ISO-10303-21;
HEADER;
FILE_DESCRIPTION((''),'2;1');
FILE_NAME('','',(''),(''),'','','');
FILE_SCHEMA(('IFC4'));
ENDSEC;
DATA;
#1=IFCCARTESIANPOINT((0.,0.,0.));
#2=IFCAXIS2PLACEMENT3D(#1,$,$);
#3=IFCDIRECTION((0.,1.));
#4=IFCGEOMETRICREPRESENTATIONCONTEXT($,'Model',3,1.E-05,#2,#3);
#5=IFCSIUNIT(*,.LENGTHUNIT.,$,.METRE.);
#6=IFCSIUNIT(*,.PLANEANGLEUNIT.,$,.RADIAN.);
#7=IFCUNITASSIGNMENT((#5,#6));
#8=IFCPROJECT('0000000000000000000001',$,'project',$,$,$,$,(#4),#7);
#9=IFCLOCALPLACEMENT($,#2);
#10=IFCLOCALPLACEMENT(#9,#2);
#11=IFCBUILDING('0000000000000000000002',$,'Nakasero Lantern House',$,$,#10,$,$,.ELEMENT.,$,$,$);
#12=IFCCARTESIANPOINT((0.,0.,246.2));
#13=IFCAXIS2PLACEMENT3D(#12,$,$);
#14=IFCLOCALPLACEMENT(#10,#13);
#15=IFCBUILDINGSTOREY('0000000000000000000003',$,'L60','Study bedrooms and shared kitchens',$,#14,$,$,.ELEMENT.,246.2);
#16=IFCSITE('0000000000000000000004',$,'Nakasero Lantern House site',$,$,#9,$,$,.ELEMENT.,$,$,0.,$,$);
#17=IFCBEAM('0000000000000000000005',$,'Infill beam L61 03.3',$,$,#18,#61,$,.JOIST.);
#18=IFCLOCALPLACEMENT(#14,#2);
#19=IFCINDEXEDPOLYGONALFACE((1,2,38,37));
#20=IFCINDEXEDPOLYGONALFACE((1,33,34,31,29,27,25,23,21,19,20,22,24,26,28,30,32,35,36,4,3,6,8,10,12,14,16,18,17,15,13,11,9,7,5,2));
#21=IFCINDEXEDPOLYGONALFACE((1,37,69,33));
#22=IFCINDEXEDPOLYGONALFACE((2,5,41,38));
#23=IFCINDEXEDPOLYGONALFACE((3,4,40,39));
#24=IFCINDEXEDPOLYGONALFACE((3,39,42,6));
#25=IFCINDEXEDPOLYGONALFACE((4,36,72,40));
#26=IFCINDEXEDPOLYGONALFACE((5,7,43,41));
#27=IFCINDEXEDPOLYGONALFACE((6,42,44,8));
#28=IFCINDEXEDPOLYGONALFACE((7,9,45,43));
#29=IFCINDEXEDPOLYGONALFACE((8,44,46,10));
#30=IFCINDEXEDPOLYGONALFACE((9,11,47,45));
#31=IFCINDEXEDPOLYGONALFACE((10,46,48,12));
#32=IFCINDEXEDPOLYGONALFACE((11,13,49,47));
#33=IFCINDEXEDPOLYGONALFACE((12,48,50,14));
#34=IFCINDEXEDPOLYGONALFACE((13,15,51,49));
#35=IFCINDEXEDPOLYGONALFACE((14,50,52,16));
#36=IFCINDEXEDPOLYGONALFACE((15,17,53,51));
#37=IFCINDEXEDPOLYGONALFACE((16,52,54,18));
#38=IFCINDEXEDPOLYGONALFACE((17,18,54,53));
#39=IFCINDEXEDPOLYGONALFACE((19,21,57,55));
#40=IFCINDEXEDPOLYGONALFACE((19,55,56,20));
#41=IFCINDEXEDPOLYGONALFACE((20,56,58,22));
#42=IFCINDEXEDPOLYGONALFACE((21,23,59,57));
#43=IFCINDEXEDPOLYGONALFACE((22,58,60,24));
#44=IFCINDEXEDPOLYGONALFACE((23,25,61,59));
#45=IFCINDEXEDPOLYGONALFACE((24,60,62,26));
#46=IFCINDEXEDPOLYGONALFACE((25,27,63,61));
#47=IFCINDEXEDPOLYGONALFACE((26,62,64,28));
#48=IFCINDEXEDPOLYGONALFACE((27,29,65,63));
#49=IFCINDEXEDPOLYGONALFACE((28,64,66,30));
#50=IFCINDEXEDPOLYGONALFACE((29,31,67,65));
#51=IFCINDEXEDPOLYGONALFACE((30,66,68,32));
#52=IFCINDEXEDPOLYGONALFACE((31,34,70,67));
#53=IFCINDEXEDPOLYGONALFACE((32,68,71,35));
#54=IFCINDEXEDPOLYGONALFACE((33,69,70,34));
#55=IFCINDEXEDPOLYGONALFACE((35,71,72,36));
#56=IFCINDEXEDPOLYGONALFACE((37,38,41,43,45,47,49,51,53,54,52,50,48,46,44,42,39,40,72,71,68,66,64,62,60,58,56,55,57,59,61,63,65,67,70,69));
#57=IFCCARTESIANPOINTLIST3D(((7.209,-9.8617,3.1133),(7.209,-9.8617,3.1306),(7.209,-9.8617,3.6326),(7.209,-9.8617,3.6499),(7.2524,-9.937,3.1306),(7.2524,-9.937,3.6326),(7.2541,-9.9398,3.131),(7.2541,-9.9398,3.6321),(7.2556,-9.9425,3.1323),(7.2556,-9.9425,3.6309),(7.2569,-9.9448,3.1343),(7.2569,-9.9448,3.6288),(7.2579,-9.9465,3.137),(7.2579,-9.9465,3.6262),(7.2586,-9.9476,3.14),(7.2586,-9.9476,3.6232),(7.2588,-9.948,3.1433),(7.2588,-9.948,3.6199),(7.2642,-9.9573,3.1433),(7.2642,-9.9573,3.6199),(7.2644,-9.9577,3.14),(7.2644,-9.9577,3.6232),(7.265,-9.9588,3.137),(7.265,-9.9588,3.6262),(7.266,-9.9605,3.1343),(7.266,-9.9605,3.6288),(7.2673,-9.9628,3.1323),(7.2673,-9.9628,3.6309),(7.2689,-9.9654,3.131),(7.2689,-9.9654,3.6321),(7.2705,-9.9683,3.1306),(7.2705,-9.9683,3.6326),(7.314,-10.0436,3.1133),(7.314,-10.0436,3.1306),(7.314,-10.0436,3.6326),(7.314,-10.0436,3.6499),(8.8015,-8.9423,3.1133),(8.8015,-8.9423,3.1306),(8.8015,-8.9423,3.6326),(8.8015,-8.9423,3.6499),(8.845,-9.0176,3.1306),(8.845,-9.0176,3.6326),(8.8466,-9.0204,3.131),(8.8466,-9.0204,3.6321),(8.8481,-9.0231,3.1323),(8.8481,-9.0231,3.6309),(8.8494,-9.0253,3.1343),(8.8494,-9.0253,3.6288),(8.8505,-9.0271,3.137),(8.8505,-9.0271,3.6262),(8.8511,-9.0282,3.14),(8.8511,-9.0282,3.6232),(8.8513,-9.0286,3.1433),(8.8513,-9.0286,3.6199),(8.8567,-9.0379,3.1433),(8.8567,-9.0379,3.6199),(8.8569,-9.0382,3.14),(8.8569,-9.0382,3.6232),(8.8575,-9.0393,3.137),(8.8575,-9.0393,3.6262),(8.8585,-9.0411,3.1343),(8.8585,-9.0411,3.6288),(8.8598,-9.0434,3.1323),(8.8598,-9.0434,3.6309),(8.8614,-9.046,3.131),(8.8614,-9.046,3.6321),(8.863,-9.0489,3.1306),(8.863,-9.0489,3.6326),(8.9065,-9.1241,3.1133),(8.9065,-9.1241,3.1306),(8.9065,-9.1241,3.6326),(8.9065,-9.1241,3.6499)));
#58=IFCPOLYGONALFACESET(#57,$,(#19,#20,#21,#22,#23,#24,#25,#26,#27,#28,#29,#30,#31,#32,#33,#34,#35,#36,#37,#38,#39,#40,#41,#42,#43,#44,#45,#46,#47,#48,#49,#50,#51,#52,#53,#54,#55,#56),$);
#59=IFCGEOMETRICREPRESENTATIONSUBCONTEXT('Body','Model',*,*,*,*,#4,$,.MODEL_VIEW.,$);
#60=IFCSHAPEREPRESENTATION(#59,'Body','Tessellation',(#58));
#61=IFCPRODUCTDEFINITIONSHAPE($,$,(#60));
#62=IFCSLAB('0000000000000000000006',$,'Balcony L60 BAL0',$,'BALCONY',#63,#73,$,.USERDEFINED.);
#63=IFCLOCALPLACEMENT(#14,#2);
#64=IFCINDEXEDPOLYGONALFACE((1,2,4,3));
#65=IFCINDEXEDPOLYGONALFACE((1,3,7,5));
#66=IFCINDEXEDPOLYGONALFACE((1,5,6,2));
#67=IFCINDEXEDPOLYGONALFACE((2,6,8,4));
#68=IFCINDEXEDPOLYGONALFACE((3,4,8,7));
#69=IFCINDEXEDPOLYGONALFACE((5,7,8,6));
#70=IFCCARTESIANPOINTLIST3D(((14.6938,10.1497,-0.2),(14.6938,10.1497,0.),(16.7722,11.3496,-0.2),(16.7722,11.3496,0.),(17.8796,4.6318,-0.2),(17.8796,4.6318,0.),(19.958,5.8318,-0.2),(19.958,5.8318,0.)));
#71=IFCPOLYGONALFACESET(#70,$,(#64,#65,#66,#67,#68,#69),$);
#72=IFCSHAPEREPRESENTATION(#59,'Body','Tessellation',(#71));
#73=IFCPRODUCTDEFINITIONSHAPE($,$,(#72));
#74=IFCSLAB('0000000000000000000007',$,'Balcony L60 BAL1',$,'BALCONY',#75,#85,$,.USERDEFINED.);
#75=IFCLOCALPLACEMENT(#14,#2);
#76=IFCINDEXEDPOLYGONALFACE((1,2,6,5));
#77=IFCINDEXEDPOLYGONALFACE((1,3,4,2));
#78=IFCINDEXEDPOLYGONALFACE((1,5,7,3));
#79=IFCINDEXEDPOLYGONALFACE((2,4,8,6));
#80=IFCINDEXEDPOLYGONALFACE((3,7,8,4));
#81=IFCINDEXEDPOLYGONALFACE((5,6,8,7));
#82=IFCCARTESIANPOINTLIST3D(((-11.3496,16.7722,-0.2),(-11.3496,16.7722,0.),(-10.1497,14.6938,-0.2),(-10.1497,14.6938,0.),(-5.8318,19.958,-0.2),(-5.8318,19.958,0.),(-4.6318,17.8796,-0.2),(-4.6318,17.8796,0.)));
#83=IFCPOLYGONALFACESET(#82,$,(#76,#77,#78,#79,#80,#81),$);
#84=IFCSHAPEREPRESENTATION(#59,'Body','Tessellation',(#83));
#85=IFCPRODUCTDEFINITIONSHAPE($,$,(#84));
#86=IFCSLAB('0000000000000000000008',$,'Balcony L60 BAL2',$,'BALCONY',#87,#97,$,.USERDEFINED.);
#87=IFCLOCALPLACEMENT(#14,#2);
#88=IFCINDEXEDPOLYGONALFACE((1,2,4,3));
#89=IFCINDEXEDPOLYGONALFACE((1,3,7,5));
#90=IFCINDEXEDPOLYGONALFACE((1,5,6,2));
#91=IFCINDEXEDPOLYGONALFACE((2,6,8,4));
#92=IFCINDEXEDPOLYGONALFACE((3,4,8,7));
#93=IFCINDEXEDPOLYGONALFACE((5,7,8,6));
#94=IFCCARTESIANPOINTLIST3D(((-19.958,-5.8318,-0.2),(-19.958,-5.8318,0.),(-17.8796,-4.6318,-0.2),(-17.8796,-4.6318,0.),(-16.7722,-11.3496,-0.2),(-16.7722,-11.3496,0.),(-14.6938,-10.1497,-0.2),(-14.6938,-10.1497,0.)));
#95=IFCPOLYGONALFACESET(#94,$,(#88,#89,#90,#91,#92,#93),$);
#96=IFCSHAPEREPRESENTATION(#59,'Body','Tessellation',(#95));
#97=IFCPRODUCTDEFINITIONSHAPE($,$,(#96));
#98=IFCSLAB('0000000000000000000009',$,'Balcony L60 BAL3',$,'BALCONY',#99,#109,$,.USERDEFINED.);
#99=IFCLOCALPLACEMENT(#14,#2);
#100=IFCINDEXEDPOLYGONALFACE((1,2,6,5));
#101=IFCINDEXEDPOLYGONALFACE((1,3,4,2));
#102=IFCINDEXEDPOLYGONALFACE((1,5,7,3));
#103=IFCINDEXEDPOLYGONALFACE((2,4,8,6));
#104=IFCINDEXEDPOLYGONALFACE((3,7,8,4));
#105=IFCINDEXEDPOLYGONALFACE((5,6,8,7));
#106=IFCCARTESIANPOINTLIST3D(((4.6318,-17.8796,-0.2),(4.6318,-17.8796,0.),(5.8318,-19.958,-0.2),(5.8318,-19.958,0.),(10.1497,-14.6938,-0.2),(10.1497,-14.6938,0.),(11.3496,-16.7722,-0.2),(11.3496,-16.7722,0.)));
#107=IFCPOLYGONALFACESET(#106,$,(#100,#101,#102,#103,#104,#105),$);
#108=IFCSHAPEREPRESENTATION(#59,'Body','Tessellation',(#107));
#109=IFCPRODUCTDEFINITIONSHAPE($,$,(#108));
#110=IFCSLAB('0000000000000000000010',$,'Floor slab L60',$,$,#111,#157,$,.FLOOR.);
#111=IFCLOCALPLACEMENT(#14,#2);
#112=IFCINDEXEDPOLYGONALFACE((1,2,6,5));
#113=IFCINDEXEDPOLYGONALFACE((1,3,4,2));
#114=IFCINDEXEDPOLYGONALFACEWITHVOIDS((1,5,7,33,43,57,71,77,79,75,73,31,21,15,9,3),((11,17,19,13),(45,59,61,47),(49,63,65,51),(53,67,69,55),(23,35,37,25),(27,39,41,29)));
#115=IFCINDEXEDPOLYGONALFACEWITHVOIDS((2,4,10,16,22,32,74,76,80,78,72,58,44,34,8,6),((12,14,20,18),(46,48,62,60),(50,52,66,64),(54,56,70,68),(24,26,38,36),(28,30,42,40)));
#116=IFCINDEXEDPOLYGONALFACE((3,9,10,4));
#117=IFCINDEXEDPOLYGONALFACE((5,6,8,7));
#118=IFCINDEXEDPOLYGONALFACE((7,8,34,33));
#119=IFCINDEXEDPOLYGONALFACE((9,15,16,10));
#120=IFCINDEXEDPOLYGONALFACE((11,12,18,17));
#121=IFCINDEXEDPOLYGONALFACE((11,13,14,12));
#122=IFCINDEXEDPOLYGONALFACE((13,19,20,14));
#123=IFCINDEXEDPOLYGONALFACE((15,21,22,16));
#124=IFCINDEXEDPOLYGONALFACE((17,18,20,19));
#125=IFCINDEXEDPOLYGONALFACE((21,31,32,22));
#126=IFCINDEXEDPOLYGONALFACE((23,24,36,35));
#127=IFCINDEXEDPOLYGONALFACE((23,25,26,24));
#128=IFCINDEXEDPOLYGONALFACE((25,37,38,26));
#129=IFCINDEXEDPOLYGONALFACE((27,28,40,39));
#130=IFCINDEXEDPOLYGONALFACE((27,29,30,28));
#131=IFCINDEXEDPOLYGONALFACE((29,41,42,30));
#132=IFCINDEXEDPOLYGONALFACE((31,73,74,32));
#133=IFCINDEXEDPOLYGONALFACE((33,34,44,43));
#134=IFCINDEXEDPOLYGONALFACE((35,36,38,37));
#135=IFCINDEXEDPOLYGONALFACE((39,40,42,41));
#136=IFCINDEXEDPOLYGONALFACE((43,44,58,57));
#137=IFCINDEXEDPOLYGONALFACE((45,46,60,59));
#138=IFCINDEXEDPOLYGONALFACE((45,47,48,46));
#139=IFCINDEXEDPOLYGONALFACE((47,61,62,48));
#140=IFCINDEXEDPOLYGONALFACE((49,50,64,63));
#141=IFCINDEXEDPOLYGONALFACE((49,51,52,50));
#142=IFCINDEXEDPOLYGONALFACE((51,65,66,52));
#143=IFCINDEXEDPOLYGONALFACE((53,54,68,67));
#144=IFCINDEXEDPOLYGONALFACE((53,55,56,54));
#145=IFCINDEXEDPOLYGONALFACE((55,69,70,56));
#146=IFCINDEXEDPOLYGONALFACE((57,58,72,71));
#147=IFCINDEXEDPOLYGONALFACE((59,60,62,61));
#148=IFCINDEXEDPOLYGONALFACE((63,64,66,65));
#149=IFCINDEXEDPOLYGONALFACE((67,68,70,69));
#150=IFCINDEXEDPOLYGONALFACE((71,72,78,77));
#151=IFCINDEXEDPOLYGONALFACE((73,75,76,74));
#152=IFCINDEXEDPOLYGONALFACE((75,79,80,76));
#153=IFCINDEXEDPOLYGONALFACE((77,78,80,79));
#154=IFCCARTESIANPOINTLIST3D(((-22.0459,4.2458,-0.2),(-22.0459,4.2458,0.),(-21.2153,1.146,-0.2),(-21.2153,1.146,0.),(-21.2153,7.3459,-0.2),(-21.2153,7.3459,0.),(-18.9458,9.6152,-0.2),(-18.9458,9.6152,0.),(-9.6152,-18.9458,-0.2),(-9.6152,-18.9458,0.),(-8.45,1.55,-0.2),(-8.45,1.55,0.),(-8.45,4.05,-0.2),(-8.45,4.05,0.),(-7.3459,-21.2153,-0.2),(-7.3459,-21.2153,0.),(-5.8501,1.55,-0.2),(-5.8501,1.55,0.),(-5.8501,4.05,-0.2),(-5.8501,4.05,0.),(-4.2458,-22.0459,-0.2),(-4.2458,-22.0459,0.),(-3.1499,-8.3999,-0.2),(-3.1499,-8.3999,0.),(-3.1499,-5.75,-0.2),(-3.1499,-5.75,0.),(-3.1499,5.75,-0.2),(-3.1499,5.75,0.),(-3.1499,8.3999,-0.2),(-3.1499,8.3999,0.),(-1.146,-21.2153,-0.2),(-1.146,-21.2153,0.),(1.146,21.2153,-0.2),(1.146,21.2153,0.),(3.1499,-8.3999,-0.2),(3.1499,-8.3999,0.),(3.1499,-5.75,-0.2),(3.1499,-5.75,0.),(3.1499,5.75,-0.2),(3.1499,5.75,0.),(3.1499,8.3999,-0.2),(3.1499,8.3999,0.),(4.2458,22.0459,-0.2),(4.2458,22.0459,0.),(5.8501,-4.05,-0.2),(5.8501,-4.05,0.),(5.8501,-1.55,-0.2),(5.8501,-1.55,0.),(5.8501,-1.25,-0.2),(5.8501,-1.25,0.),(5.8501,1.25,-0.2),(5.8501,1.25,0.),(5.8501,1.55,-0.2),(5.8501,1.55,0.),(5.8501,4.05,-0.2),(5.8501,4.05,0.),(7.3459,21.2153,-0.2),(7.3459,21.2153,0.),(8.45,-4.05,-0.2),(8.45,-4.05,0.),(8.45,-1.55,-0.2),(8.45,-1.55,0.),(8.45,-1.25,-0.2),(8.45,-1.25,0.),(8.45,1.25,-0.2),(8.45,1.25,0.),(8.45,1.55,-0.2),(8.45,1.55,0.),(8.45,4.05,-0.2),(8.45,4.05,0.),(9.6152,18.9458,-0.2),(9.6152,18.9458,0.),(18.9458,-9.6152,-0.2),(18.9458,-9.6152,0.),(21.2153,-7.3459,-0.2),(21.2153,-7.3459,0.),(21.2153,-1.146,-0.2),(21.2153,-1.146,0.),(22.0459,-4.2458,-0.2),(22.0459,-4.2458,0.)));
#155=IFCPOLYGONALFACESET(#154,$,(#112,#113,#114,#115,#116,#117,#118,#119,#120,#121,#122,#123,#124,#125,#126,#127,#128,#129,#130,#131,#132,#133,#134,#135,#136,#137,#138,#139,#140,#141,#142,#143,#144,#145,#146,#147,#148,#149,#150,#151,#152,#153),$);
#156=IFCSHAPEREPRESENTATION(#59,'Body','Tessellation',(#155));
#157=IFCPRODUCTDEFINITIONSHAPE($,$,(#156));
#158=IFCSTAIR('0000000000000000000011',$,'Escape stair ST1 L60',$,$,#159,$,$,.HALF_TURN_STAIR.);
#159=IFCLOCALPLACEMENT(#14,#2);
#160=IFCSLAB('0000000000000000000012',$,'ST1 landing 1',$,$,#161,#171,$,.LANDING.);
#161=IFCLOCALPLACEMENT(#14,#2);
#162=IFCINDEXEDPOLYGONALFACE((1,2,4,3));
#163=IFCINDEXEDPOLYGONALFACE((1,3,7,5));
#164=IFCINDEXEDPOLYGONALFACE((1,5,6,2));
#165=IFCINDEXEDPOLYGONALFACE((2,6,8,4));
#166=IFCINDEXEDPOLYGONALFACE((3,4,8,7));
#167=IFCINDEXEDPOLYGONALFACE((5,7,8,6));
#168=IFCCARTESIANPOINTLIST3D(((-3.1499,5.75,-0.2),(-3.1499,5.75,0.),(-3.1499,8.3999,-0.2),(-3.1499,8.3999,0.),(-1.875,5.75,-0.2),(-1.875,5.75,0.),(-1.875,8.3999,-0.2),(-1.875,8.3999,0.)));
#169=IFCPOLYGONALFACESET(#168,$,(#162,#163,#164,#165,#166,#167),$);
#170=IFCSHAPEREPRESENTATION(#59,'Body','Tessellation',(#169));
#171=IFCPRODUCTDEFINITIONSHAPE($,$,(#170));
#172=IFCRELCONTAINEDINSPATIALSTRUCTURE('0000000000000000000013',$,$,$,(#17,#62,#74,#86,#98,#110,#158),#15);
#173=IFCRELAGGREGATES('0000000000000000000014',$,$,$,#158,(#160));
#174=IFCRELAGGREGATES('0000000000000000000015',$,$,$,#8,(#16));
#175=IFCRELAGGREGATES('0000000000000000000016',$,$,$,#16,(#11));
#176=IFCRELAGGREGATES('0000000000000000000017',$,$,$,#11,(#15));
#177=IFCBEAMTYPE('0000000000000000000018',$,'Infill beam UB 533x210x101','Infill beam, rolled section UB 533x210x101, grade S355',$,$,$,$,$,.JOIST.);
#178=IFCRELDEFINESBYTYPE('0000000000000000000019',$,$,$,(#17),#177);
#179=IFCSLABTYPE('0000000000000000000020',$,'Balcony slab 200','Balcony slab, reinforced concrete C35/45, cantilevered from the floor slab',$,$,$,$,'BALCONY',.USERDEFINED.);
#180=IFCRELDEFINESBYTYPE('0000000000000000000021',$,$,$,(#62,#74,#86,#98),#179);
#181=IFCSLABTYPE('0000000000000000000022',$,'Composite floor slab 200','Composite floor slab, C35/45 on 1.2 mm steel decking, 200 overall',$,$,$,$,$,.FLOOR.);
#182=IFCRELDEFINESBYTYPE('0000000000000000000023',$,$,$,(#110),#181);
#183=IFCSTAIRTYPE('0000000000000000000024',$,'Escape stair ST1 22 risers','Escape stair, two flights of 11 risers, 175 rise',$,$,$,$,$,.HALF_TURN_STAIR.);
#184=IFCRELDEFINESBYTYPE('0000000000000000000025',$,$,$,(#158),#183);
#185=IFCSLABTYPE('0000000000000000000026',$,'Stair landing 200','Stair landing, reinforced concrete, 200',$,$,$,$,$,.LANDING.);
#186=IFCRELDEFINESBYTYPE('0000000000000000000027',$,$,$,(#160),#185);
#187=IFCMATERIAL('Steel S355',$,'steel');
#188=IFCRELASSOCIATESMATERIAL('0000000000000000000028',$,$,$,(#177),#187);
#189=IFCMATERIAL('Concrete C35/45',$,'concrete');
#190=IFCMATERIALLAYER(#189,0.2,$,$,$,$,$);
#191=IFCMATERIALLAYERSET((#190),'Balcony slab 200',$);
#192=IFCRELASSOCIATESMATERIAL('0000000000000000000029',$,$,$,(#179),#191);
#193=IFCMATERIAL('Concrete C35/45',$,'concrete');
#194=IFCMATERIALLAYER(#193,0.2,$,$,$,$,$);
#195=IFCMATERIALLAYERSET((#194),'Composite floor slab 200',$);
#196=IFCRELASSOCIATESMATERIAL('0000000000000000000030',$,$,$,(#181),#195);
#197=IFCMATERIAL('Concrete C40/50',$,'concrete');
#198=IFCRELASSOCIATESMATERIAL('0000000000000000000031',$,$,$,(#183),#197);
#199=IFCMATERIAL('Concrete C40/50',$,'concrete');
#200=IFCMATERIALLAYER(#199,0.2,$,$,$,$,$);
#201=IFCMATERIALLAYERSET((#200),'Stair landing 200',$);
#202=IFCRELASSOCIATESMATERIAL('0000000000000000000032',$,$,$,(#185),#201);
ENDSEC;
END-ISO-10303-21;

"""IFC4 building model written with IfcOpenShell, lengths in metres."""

from ifc_helpers import new_model, si_unit, direction, frame, origin, origin_2d, place, context, subcontext, project, spatial, polyline, i_section, outline, extrude, material, layer, layer_set, material_profile, profile_set, type_object, element, aggregate, save


model = new_model("IFC4")

# Units and contexts
model_context = context("Model", 3, precision=1e-05, world=origin(), true_north=direction((0.0, 1.0)))
body_context = subcontext(model_context, "Body", "Model", "MODEL_VIEW")
ifc_project = project(units=[si_unit("LENGTHUNIT", "METRE"), si_unit("PLANEANGLEUNIT", "RADIAN")], contexts=[model_context])

# Site, building, storey
site_placement = place(None, origin())
site = spatial("IfcSite", under=ifc_project, at=site_placement, Name="Nakasero Lantern House site", CompositionType="ELEMENT", RefElevation=0.0)
building_placement = place(site_placement, origin())
building = spatial("IfcBuilding", under=site, at=building_placement, Name="Nakasero Lantern House", CompositionType="ELEMENT")
storey_placement = place(building_placement, frame((0.0, 0.0, 246.2)))
storey = spatial("IfcBuildingStorey", under=building, at=storey_placement, Name="L60", Description="Study bedrooms and shared kitchens", CompositionType="ELEMENT", Elevation=246.2)

# Beam
ifc_material_1 = material(Name="Steel S355", Category="steel")
ifc_material_profile = material_profile(ifc_material_1, i_section(OverallWidth=0.21, OverallDepth=0.5366, WebThickness=0.0107, FlangeThickness=0.0173, FilletRadius=0.0127, at=origin_2d()), Name="UB 533x210x101")
ifc_profile_set = profile_set([ifc_material_profile], Name="Steel S355")
beam_type = type_object("IfcBeamType", Name="Infill beam UB 533x210x101", Description="Infill beam, rolled section UB 533x210x101, grade S355", PredefinedType="JOIST", material=ifc_profile_set)
beam_placement = place(storey_placement, frame((7.2615, -9.9526, 3.3816), z_axis=(0.866029, 0.499994, 0.0), x_axis=(-0.499994, 0.866029, 0.0)))
element("IfcBeam", 1, at=beam_placement, inside=storey, type_object=beam_type, Name="Infill beam L61 03.3", PredefinedType="JOIST", context=body_context, shape_type="SweptSolid", body=[
    extrude(i_section(OverallWidth=0.21, OverallDepth=0.5366, WebThickness=0.0107, FlangeThickness=0.0173, FilletRadius=0.0127, at=origin_2d()), origin(), (0.0, 0.0, 1.0), 1.8389),
])

# Slabs
ifc_material_2 = material(Name="Concrete C35/45", Category="concrete")
ifc_layer_1 = layer(ifc_material_2, 0.2)
ifc_layer_set_1 = layer_set([ifc_layer_1], Name="Balcony slab 200")
slab_type_1 = type_object("IfcSlabType", Name="Balcony slab 200", Description="Balcony slab, reinforced concrete C35/45, cantilevered from the floor slab", ElementType="BALCONY", PredefinedType="USERDEFINED", material=ifc_layer_set_1)
slab_1_placement = place(storey_placement, frame((0.0, 0.0, -0.2)))
element("IfcSlab", 2, at=slab_1_placement, inside=storey, type_object=slab_type_1, Name="Balcony L60 BAL0", ObjectType="BALCONY", PredefinedType="USERDEFINED", context=body_context, shape_type="SweptSolid", body=[
    extrude(outline(polyline([(17.8796, 4.6318), (19.958, 5.8318), (16.7722, 11.3496), (14.6938, 10.1497), (17.8796, 4.6318)])), origin(), (0.0, 0.0, 1.0), 0.2),
])
slab_2_placement = place(storey_placement, frame((0.0, 0.0, -0.2)))
element("IfcSlab", 3, at=slab_2_placement, inside=storey, type_object=slab_type_1, Name="Balcony L60 BAL1", ObjectType="BALCONY", PredefinedType="USERDEFINED", context=body_context, shape_type="SweptSolid", body=[
    extrude(outline(polyline([(-4.6318, 17.8796), (-5.8318, 19.958), (-11.3496, 16.7722), (-10.1497, 14.6938), (-4.6318, 17.8796)])), origin(), (0.0, 0.0, 1.0), 0.2),
])
slab_3_placement = place(storey_placement, frame((0.0, 0.0, -0.2)))
element("IfcSlab", 4, at=slab_3_placement, inside=storey, type_object=slab_type_1, Name="Balcony L60 BAL2", ObjectType="BALCONY", PredefinedType="USERDEFINED", context=body_context, shape_type="SweptSolid", body=[
    extrude(outline(polyline([(-17.8796, -4.6318), (-19.958, -5.8318), (-16.7722, -11.3496), (-14.6938, -10.1497), (-17.8796, -4.6318)])), origin(), (0.0, 0.0, 1.0), 0.2),
])
slab_4_placement = place(storey_placement, frame((0.0, 0.0, -0.2)))
element("IfcSlab", 5, at=slab_4_placement, inside=storey, type_object=slab_type_1, Name="Balcony L60 BAL3", ObjectType="BALCONY", PredefinedType="USERDEFINED", context=body_context, shape_type="SweptSolid", body=[
    extrude(outline(polyline([(4.6318, -17.8796), (5.8318, -19.958), (11.3496, -16.7722), (10.1497, -14.6938), (4.6318, -17.8796)])), origin(), (0.0, 0.0, 1.0), 0.2),
])
ifc_material_3 = material(Name="Concrete C35/45", Category="concrete")
ifc_layer_2 = layer(ifc_material_3, 0.2)
ifc_layer_set_2 = layer_set([ifc_layer_2], Name="Composite floor slab 200")
slab_type_2 = type_object("IfcSlabType", Name="Composite floor slab 200", Description="Composite floor slab, C35/45 on 1.2 mm steel decking, 200 overall", PredefinedType="FLOOR", material=ifc_layer_set_2)
slab_5_placement = place(storey_placement, frame((0.0, 0.0, -0.2)))
element("IfcSlab", 6, at=slab_5_placement, inside=storey, type_object=slab_type_2, Name="Floor slab L60", PredefinedType="FLOOR", context=body_context, shape_type="SweptSolid", body=[
    extrude(outline(polyline([(9.6152, 18.9458), (7.3459, 21.2153), (4.2458, 22.0459), (1.146, 21.2153), (-18.9458, 9.6152), (-21.2153, 7.3459), (-22.0459, 4.2458), (-21.2153, 1.146), (-9.6152, -18.9458), (-7.3459, -21.2153), (-4.2458, -22.0459), (-1.146, -21.2153), (18.9458, -9.6152), (21.2153, -7.3459), (22.0459, -4.2458), (21.2153, -1.146), (9.6152, 18.9458)]), holes=[polyline([(-8.45, 1.55), (-5.8501, 1.55), (-5.8501, 4.05), (-8.45, 4.05), (-8.45, 1.55)]), polyline([(5.8501, -4.05), (8.45, -4.05), (8.45, -1.55), (5.8501, -1.55), (5.8501, -4.05)]), polyline([(5.8501, -1.25), (8.45, -1.25), (8.45, 1.25), (5.8501, 1.25), (5.8501, -1.25)]), polyline([(5.8501, 1.55), (8.45, 1.55), (8.45, 4.05), (5.8501, 4.05), (5.8501, 1.55)]), polyline([(-3.1499, 5.75), (3.1499, 5.75), (3.1499, 8.3999), (-3.1499, 8.3999), (-3.1499, 5.75)]), polyline([(-3.1499, -8.3999), (3.1499, -8.3999), (3.1499, -5.75), (-3.1499, -5.75), (-3.1499, -8.3999)])]), origin(), (0.0, 0.0, 1.0), 0.2),
])

# Stair, slab
ifc_material_4 = material(Name="Concrete C40/50", Category="concrete")
stair_type_1 = type_object("IfcStairType", Name="Escape stair ST1 22 risers", Description="Escape stair, two flights of 11 risers, 175 rise", PredefinedType="HALF_TURN_STAIR", material=ifc_material_4)
stair_1_placement = place(storey_placement, origin())
stair_1 = element("IfcStair", 7, at=stair_1_placement, inside=storey, type_object=stair_type_1, Name="Escape stair ST1 L60", PredefinedType="HALF_TURN_STAIR")
ifc_material_5 = material(Name="Concrete C40/50", Category="concrete")
ifc_layer_3 = layer(ifc_material_5, 0.2)
ifc_layer_set_3 = layer_set([ifc_layer_3], Name="Stair landing 200")
slab_type_3 = type_object("IfcSlabType", Name="Stair landing 200", Description="Stair landing, reinforced concrete, 200", PredefinedType="LANDING", material=ifc_layer_set_3)
slab_6_placement = place(storey_placement, frame((0.0, 0.0, -0.2)))
slab_6 = element("IfcSlab", 8, at=slab_6_placement, type_object=slab_type_3, Name="ST1 landing 1", PredefinedType="LANDING", context=body_context, shape_type="SweptSolid", body=[
    extrude(outline(polyline([(-3.1499, 5.75), (-1.875, 5.75), (-1.875, 8.3999), (-3.1499, 8.3999), (-3.1499, 5.75)])), origin(), (0.0, 0.0, 1.0), 0.2),
])
aggregate(stair_1, [slab_6])

save(model, "model.ifc")
